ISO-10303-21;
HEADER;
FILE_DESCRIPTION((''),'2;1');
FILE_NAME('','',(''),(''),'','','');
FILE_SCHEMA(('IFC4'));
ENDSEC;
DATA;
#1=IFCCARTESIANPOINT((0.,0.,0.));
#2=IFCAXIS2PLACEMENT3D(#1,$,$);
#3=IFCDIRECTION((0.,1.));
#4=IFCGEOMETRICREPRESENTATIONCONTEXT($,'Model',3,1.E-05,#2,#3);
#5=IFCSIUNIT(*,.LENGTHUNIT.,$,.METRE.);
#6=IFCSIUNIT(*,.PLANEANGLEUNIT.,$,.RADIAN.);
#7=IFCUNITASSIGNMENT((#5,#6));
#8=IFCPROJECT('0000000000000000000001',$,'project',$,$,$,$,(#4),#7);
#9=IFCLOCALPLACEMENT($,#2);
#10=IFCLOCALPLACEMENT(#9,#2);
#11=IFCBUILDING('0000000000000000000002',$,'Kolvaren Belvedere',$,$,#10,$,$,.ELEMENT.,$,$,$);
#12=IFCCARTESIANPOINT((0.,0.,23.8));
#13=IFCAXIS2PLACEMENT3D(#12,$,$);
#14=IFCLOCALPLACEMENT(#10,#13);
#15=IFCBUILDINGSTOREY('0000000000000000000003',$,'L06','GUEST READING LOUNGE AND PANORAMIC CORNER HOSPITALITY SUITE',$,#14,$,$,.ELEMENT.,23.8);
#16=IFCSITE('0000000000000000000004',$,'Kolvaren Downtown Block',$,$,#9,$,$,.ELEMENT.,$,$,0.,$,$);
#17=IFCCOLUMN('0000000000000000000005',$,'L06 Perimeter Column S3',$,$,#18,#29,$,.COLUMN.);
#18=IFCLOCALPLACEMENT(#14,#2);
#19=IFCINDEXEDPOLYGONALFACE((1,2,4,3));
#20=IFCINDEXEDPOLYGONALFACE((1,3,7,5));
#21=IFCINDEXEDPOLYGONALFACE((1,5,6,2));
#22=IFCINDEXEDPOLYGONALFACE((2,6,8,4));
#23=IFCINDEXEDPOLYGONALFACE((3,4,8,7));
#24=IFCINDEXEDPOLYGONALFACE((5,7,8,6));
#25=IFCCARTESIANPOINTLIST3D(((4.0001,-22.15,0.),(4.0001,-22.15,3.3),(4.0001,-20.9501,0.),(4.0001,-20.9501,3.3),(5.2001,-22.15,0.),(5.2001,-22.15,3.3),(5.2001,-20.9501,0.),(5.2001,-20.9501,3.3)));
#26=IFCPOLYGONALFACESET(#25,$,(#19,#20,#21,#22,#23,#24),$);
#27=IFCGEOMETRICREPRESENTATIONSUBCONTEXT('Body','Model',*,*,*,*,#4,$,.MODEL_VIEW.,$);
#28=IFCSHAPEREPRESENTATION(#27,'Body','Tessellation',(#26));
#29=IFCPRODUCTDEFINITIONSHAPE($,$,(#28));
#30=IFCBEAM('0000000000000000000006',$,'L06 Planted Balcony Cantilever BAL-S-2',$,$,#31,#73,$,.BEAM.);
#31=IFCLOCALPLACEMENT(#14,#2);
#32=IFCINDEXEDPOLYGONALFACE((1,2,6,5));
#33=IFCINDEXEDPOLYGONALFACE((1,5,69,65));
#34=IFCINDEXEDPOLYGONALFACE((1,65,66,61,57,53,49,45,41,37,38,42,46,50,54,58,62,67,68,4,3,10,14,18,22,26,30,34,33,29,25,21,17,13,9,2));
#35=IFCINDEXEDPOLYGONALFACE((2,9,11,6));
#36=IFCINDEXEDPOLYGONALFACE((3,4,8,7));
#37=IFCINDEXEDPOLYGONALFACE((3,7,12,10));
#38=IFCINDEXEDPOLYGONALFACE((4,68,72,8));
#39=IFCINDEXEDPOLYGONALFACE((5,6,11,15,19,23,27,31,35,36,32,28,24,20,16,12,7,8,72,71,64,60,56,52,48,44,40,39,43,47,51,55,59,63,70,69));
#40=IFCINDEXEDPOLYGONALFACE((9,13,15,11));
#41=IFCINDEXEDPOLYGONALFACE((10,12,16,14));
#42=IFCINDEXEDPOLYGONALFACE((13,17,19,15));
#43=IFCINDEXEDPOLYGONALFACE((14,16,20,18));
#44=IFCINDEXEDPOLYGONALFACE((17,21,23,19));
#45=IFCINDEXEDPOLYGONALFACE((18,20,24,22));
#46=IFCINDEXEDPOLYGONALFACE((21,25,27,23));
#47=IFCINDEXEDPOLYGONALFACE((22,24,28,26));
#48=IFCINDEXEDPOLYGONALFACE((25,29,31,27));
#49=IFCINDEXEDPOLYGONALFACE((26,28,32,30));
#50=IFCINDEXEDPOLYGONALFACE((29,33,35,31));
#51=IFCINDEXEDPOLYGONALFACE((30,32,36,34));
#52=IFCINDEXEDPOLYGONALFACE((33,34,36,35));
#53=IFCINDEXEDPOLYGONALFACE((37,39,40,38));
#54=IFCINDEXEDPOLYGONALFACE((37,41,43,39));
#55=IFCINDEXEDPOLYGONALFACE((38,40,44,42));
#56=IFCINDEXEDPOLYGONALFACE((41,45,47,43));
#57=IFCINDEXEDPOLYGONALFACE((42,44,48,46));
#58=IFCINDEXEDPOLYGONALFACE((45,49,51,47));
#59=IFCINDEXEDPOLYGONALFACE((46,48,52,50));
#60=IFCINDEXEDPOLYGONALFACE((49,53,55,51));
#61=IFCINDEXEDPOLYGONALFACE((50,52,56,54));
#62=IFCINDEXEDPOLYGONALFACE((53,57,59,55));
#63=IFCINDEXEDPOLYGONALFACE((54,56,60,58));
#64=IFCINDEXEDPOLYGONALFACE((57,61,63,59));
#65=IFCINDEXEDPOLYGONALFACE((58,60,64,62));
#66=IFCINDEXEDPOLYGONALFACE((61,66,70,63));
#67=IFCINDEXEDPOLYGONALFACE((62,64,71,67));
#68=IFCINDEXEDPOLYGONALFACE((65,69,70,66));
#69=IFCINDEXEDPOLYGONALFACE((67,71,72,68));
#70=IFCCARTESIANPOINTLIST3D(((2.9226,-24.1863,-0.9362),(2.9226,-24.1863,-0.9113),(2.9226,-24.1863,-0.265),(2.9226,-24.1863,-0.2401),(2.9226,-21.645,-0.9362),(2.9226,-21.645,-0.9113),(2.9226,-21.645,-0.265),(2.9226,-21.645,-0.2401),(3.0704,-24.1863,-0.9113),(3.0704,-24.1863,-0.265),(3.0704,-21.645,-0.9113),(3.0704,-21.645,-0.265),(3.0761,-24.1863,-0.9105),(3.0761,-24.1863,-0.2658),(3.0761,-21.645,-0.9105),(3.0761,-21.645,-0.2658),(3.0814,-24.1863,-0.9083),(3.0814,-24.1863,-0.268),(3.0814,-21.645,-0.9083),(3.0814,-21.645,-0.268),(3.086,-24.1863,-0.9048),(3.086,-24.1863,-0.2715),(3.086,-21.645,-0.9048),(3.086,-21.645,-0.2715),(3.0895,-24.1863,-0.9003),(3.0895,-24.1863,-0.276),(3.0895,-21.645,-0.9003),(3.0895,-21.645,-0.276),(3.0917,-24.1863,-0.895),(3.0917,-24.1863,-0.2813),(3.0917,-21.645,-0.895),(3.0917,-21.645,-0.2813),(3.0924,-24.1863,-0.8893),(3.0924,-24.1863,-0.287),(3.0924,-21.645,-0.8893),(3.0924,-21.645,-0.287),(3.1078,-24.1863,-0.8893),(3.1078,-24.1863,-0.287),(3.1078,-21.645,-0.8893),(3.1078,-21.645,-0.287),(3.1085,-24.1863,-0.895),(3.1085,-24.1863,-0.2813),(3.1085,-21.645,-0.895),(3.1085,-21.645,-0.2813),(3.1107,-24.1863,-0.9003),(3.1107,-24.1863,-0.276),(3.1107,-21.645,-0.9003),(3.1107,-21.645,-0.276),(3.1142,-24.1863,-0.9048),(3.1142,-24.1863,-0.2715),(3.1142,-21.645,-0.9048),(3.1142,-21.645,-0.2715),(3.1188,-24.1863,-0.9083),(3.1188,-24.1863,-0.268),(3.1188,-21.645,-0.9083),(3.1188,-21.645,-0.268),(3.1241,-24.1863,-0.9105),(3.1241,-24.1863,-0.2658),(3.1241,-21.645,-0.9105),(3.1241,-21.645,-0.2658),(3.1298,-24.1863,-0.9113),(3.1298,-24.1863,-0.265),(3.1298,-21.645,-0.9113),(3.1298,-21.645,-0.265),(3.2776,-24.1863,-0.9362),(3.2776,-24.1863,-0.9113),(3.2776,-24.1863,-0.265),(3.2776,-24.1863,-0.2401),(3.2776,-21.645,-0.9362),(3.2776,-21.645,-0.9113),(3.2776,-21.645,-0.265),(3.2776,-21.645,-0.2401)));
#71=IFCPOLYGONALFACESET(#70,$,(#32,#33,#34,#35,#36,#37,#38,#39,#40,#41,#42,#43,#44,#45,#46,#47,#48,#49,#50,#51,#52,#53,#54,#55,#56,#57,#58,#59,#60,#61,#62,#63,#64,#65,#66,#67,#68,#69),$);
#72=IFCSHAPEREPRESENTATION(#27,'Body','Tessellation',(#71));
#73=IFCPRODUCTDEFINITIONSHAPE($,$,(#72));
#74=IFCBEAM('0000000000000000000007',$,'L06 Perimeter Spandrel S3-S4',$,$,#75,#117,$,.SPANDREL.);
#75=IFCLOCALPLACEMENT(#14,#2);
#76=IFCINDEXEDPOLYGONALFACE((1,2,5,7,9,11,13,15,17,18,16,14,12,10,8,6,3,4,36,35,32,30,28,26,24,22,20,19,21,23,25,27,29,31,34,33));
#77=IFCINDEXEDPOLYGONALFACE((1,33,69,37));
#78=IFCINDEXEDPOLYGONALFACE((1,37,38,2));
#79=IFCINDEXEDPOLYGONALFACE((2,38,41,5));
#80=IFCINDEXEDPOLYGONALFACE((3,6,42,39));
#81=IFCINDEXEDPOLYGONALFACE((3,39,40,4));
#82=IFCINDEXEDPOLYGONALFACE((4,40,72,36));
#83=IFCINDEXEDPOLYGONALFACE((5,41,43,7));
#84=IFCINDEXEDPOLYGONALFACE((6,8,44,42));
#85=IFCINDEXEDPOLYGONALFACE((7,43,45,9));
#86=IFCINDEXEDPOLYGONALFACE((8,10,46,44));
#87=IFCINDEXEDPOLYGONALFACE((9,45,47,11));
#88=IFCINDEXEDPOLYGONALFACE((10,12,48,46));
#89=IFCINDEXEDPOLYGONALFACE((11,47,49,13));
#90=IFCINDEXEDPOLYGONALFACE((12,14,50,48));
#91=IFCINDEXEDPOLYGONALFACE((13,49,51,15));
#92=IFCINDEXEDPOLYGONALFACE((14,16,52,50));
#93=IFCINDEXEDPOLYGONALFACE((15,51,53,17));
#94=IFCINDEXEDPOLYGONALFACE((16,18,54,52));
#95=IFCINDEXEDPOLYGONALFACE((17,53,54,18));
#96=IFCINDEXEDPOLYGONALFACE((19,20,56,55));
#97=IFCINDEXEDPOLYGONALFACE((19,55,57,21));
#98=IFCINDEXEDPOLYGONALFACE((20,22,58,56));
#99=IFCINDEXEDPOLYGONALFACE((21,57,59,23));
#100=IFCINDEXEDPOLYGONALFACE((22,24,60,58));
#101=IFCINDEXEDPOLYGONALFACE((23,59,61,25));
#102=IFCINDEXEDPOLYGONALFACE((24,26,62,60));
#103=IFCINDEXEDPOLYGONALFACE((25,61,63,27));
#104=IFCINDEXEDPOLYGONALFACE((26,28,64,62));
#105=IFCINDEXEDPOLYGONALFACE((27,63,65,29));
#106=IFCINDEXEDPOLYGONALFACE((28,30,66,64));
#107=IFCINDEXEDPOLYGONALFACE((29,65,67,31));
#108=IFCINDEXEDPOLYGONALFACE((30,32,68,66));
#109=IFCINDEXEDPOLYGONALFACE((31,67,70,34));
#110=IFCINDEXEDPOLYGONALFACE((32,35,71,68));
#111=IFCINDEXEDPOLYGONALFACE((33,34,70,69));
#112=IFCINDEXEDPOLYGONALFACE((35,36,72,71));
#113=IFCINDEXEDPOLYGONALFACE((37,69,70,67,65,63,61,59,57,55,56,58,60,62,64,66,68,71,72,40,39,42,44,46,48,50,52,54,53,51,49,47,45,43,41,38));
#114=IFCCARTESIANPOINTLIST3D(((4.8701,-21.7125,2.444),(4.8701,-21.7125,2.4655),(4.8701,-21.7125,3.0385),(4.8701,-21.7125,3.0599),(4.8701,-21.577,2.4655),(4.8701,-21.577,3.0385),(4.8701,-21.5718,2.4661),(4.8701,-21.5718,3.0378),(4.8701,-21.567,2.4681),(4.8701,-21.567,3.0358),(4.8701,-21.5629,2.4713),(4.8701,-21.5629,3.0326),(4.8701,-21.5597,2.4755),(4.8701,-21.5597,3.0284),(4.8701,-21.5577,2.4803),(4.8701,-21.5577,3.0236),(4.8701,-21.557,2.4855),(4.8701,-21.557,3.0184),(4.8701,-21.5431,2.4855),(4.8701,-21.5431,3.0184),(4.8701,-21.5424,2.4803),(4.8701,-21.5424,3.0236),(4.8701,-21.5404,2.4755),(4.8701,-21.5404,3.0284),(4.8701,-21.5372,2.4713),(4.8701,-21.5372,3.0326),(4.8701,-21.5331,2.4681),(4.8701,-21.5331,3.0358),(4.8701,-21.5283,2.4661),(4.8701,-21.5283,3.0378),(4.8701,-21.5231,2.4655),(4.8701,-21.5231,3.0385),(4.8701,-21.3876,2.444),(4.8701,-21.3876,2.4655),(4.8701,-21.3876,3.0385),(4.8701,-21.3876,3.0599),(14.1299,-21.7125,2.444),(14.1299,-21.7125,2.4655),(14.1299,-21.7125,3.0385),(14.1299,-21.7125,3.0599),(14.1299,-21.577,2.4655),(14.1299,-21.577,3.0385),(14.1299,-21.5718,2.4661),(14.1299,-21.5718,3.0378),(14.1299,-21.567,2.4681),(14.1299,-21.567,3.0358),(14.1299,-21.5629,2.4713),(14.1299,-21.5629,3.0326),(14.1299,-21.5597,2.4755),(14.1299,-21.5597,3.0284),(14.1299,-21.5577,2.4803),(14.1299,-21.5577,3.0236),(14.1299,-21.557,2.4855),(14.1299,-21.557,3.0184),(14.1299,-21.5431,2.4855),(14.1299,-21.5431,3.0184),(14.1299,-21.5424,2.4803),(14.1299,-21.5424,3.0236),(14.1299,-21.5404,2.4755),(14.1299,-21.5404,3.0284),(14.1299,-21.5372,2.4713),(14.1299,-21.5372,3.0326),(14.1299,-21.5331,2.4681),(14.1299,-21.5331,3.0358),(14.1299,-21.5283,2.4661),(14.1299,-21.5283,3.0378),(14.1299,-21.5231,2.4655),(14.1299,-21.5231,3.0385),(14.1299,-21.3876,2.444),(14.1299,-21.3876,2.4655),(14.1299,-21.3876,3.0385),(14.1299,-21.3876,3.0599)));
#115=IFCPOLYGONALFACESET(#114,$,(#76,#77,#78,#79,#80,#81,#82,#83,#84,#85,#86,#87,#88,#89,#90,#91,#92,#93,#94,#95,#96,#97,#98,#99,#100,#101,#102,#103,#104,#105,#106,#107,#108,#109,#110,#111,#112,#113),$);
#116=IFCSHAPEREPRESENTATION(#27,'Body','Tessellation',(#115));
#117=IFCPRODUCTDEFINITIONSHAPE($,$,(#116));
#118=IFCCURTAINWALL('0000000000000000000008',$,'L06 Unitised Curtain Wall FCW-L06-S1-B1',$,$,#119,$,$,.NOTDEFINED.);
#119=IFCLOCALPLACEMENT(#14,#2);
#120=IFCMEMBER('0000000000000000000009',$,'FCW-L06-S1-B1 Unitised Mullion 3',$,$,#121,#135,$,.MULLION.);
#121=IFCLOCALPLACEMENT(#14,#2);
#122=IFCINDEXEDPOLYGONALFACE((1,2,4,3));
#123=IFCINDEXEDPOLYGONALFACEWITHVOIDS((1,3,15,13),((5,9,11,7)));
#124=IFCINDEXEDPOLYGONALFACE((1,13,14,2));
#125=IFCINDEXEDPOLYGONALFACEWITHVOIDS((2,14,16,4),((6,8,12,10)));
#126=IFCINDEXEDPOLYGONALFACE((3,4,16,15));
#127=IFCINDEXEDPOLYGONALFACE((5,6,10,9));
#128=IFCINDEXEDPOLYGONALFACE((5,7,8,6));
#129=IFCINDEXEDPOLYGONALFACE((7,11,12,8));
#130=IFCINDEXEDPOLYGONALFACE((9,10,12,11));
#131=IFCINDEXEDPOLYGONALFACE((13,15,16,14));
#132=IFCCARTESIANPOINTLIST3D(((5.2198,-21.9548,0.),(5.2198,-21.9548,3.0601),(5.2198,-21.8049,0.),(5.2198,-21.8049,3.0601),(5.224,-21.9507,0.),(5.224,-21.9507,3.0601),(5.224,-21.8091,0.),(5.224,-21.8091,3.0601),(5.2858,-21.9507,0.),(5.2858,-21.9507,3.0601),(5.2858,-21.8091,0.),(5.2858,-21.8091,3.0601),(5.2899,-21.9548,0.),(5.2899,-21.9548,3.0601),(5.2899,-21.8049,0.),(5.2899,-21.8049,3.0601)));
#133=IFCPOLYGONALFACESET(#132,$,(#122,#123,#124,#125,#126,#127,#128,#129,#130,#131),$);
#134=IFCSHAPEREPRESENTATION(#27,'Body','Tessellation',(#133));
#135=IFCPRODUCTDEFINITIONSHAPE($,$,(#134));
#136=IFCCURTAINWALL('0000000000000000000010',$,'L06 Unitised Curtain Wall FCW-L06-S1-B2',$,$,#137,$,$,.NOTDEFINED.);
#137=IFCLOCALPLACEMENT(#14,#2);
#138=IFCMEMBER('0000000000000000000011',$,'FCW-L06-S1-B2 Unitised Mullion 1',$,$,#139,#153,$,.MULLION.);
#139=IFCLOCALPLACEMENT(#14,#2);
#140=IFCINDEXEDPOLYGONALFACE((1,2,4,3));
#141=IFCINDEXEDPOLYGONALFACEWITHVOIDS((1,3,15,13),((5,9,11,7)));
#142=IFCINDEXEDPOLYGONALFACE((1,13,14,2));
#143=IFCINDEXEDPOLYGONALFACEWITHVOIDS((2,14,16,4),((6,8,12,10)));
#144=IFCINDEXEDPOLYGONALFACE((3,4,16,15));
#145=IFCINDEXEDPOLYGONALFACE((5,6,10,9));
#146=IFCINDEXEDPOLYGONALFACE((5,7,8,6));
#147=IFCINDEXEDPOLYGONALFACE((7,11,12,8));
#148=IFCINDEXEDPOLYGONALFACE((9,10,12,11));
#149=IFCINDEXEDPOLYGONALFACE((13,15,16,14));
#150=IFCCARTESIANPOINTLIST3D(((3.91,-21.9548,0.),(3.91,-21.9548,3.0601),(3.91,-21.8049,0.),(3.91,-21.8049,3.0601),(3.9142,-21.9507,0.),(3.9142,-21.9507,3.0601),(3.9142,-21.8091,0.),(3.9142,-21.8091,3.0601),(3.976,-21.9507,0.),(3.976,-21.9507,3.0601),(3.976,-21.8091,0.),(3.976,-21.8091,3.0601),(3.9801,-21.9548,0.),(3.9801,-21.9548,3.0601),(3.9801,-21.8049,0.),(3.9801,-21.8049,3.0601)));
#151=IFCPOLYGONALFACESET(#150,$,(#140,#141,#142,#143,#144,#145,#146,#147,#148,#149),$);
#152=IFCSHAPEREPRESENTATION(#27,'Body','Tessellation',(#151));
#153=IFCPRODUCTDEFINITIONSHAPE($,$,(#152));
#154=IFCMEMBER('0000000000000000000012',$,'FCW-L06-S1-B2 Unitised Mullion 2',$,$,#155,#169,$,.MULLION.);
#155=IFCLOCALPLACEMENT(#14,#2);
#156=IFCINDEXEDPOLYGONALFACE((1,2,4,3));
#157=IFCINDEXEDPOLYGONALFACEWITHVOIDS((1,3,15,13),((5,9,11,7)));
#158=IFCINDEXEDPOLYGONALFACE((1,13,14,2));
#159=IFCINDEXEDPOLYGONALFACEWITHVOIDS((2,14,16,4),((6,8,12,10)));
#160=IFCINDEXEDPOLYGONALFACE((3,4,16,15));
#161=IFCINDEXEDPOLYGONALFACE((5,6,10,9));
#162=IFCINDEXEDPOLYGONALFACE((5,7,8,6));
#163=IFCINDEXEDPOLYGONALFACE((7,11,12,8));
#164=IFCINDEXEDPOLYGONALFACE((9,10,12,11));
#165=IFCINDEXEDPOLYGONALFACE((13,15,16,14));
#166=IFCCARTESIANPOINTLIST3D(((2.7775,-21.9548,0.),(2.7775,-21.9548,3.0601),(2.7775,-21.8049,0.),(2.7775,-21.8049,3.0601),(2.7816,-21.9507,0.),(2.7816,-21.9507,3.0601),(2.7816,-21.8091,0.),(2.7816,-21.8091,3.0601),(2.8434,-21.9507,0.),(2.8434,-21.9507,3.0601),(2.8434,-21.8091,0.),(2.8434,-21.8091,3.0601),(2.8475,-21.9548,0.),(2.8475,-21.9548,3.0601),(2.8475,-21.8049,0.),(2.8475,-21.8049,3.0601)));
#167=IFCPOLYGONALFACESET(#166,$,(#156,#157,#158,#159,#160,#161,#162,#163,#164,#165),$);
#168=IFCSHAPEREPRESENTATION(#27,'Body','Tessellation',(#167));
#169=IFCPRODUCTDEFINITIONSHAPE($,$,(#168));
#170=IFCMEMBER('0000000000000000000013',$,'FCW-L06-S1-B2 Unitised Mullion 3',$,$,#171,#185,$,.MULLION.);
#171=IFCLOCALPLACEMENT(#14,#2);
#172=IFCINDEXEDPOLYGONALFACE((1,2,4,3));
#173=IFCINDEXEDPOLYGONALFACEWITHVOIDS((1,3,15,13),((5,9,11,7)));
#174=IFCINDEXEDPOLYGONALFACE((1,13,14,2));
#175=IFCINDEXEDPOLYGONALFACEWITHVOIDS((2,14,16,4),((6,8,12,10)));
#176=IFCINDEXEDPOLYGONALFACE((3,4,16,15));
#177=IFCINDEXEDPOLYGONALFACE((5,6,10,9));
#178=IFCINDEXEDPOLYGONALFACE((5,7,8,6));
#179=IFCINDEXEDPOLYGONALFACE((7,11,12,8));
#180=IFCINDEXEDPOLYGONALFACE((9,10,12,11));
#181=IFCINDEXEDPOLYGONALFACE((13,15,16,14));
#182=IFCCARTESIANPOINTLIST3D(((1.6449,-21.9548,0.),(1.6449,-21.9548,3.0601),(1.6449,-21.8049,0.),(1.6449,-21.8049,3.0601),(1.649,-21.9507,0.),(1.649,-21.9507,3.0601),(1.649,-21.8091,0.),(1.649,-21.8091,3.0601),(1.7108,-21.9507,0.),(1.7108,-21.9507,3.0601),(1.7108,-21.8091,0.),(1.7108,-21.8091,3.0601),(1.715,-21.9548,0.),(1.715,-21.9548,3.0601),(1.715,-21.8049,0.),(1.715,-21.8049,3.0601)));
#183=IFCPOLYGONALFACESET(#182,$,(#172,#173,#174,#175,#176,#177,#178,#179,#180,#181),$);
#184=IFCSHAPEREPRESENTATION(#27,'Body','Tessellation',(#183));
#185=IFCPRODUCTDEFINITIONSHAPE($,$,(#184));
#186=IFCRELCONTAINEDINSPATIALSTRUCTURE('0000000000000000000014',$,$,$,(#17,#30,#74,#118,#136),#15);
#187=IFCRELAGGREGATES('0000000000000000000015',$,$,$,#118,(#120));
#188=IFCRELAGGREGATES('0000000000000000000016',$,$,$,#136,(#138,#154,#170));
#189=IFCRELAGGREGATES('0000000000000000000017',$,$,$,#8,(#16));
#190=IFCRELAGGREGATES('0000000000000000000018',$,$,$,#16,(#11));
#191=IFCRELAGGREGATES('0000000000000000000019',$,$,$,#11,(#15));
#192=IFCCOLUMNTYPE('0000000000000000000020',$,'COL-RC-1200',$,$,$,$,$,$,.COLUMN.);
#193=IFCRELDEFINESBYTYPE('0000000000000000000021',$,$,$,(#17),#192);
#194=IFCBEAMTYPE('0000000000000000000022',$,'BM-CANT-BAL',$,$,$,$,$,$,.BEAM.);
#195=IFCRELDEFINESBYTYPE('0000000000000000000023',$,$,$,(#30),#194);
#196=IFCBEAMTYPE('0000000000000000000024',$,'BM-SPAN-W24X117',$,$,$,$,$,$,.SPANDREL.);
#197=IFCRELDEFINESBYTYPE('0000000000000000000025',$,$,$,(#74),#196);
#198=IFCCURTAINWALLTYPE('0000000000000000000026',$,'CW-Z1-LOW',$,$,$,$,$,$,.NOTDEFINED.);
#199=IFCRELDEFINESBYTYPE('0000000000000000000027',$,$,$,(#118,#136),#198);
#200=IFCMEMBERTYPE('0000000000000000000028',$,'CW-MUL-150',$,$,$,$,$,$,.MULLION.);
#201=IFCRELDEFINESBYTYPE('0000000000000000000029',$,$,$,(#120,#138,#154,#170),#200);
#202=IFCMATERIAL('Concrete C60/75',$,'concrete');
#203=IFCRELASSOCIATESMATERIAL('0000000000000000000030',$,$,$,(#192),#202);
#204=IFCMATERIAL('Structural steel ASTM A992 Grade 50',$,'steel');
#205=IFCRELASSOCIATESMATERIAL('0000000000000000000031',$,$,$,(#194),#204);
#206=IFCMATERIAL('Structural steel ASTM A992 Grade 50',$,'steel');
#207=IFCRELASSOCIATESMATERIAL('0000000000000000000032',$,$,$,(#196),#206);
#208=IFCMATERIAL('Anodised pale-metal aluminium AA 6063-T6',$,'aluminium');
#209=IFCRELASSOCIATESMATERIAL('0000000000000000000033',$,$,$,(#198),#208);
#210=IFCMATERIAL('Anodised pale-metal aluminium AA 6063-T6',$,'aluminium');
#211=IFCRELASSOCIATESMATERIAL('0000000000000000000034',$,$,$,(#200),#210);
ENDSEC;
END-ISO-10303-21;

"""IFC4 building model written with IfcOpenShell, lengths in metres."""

from ifc_helpers import new_model, si_unit, direction, frame, origin, origin_2d, place, context, subcontext, project, spatial, rectangle, hollow_rectangle, i_section, extrude, material, material_profile, profile_set, type_object, element, aggregate, save


model = new_model("IFC4")

# Units and contexts
model_context = context("Model", 3, precision=1e-05, world=origin(), true_north=direction((0.0, 1.0)))
body_context = subcontext(model_context, "Body", "Model", "MODEL_VIEW")
ifc_project = project(units=[si_unit("LENGTHUNIT", "METRE"), si_unit("PLANEANGLEUNIT", "RADIAN")], contexts=[model_context])

# Site, building, storey
site_placement = place(None, origin())
site = spatial("IfcSite", under=ifc_project, at=site_placement, Name="Kolvaren Downtown Block", CompositionType="ELEMENT", RefElevation=0.0)
building_placement = place(site_placement, origin())
building = spatial("IfcBuilding", under=site, at=building_placement, Name="Kolvaren Belvedere", CompositionType="ELEMENT")
storey_placement = place(building_placement, frame((0.0, 0.0, 23.8)))
storey = spatial("IfcBuildingStorey", under=building, at=storey_placement, Name="L06", Description="GUEST READING LOUNGE AND PANORAMIC CORNER HOSPITALITY SUITE", CompositionType="ELEMENT", Elevation=23.8)

# Column
ifc_material_1 = material(Name="Concrete C60/75", Category="concrete")
ifc_material_profile_1 = material_profile(ifc_material_1, rectangle(XDim=1.2, YDim=1.2, at=origin_2d()), Name="RC 1200X1200")
ifc_profile_set_1 = profile_set([ifc_material_profile_1], Name="Concrete C60/75")
column_type = type_object("IfcColumnType", Name="COL-RC-1200", PredefinedType="COLUMN", material=ifc_profile_set_1)
column_placement = place(storey_placement, frame((4.6001, -21.55, 0.0), z_axis=(0.0, 0.0, 1.0), x_axis=(1.0, 0.0, 0.0)))
element("IfcColumn", 1, at=column_placement, inside=storey, type_object=column_type, Name="L06 Perimeter Column S3", PredefinedType="COLUMN", context=body_context, shape_type="SweptSolid", body=[
    extrude(rectangle(XDim=1.2, YDim=1.2, at=origin_2d()), origin(), (0.0, 0.0, 1.0), 3.3),
])

# Beams
ifc_material_2 = material(Name="Structural steel ASTM A992 Grade 50", Category="steel")
ifc_material_profile_2 = material_profile(ifc_material_2, i_section(OverallWidth=0.355, OverallDepth=0.696, WebThickness=0.0154, FlangeThickness=0.0249, FilletRadius=0.022, at=origin_2d()), Name="W27X146")
ifc_profile_set_2 = profile_set([ifc_material_profile_2], Name="Structural steel ASTM A992 Grade 50")
beam_type_1 = type_object("IfcBeamType", Name="BM-CANT-BAL", PredefinedType="BEAM", material=ifc_profile_set_2)
beam_1_placement = place(storey_placement, frame((3.1001, -21.645, -0.5881), z_axis=(0.0, -1.0, 0.0), x_axis=(1.0, 0.0, 0.0)))
element("IfcBeam", 2, at=beam_1_placement, inside=storey, type_object=beam_type_1, Name="L06 Planted Balcony Cantilever BAL-S-2", PredefinedType="BEAM", context=body_context, shape_type="SweptSolid", body=[
    extrude(i_section(OverallWidth=0.355, OverallDepth=0.696, WebThickness=0.0154, FlangeThickness=0.0249, FilletRadius=0.022, at=origin_2d()), origin(), (0.0, 0.0, 1.0), 2.5413),
])
ifc_material_3 = material(Name="Structural steel ASTM A992 Grade 50", Category="steel")
ifc_material_profile_3 = material_profile(ifc_material_3, i_section(OverallWidth=0.325, OverallDepth=0.616, WebThickness=0.0139, FlangeThickness=0.0215, FilletRadius=0.02, at=origin_2d()), Name="W24X117")
ifc_profile_set_3 = profile_set([ifc_material_profile_3], Name="Structural steel ASTM A992 Grade 50")
beam_type_2 = type_object("IfcBeamType", Name="BM-SPAN-W24X117", PredefinedType="SPANDREL", material=ifc_profile_set_3)
beam_2_placement = place(storey_placement, frame((4.8701, -21.55, 2.752), z_axis=(1.0, 0.0, 0.0), x_axis=(0.0, 1.0, 0.0)))
element("IfcBeam", 3, at=beam_2_placement, inside=storey, type_object=beam_type_2, Name="L06 Perimeter Spandrel S3-S4", PredefinedType="SPANDREL", context=body_context, shape_type="SweptSolid", body=[
    extrude(i_section(OverallWidth=0.325, OverallDepth=0.616, WebThickness=0.0139, FlangeThickness=0.0215, FilletRadius=0.02, at=origin_2d()), origin(), (0.0, 0.0, 1.0), 9.2598),
])

# Curtain wall, member
ifc_material_4 = material(Name="Anodised pale-metal aluminium AA 6063-T6", Category="aluminium")
curtain_wall_type = type_object("IfcCurtainWallType", Name="CW-Z1-LOW", PredefinedType="NOTDEFINED", material=ifc_material_4)
curtain_wall_1_placement = place(storey_placement, origin())
curtain_wall_1 = element("IfcCurtainWall", 4, at=curtain_wall_1_placement, inside=storey, type_object=curtain_wall_type, Name="L06 Unitised Curtain Wall FCW-L06-S1-B1", PredefinedType="NOTDEFINED")
ifc_material_5 = material(Name="Anodised pale-metal aluminium AA 6063-T6", Category="aluminium")
ifc_material_profile_4 = material_profile(ifc_material_5, hollow_rectangle(XDim=0.0701, YDim=0.1499, WallThickness=0.0042, at=origin_2d()), Name="ALU-MUL-150X70")
ifc_profile_set_4 = profile_set([ifc_material_profile_4], Name="Anodised pale-metal aluminium AA 6063-T6")
member_type_1 = type_object("IfcMemberType", Name="CW-MUL-150", PredefinedType="MULLION", material=ifc_profile_set_4)
member_1_placement = place(storey_placement, frame((5.2549, -21.8799, 0.0), z_axis=(0.0, 0.0, 1.0), x_axis=(1.0, 0.0, 0.0)))
member_1 = element("IfcMember", 5, at=member_1_placement, type_object=member_type_1, Name="FCW-L06-S1-B1 Unitised Mullion 3", PredefinedType="MULLION", context=body_context, shape_type="SweptSolid", body=[
    extrude(hollow_rectangle(XDim=0.0701, YDim=0.1499, WallThickness=0.0042, at=origin_2d()), origin(), (0.0, 0.0, 1.0), 3.0601),
])
aggregate(curtain_wall_1, [member_1])

# Curtain wall, members
curtain_wall_2_placement = place(storey_placement, origin())
curtain_wall_2 = element("IfcCurtainWall", 6, at=curtain_wall_2_placement, inside=storey, type_object=curtain_wall_type, Name="L06 Unitised Curtain Wall FCW-L06-S1-B2", PredefinedType="NOTDEFINED")
member_2_placement = place(storey_placement, frame((3.9451, -21.8799, 0.0), z_axis=(0.0, 0.0, 1.0), x_axis=(1.0, 0.0, 0.0)))
member_2 = element("IfcMember", 7, at=member_2_placement, type_object=member_type_1, Name="FCW-L06-S1-B2 Unitised Mullion 1", PredefinedType="MULLION", context=body_context, shape_type="SweptSolid", body=[
    extrude(hollow_rectangle(XDim=0.0701, YDim=0.1499, WallThickness=0.0042, at=origin_2d()), origin(), (0.0, 0.0, 1.0), 3.0601),
])
member_3_placement = place(storey_placement, frame((2.8125, -21.8799, 0.0), z_axis=(0.0, 0.0, 1.0), x_axis=(1.0, 0.0, 0.0)))
member_3 = element("IfcMember", 8, at=member_3_placement, type_object=member_type_1, Name="FCW-L06-S1-B2 Unitised Mullion 2", PredefinedType="MULLION", context=body_context, shape_type="SweptSolid", body=[
    extrude(hollow_rectangle(XDim=0.0701, YDim=0.1499, WallThickness=0.0042, at=origin_2d()), origin(), (0.0, 0.0, 1.0), 3.0601),
])
member_4_placement = place(storey_placement, frame((1.6799, -21.8799, 0.0), z_axis=(0.0, 0.0, 1.0), x_axis=(1.0, 0.0, 0.0)))
member_4 = element("IfcMember", 9, at=member_4_placement, type_object=member_type_1, Name="FCW-L06-S1-B2 Unitised Mullion 3", PredefinedType="MULLION", context=body_context, shape_type="SweptSolid", body=[
    extrude(hollow_rectangle(XDim=0.0701, YDim=0.1499, WallThickness=0.0042, at=origin_2d()), origin(), (0.0, 0.0, 1.0), 3.0601),
])
aggregate(curtain_wall_2, [member_2, member_3, member_4])

save(model, "model.ifc")
